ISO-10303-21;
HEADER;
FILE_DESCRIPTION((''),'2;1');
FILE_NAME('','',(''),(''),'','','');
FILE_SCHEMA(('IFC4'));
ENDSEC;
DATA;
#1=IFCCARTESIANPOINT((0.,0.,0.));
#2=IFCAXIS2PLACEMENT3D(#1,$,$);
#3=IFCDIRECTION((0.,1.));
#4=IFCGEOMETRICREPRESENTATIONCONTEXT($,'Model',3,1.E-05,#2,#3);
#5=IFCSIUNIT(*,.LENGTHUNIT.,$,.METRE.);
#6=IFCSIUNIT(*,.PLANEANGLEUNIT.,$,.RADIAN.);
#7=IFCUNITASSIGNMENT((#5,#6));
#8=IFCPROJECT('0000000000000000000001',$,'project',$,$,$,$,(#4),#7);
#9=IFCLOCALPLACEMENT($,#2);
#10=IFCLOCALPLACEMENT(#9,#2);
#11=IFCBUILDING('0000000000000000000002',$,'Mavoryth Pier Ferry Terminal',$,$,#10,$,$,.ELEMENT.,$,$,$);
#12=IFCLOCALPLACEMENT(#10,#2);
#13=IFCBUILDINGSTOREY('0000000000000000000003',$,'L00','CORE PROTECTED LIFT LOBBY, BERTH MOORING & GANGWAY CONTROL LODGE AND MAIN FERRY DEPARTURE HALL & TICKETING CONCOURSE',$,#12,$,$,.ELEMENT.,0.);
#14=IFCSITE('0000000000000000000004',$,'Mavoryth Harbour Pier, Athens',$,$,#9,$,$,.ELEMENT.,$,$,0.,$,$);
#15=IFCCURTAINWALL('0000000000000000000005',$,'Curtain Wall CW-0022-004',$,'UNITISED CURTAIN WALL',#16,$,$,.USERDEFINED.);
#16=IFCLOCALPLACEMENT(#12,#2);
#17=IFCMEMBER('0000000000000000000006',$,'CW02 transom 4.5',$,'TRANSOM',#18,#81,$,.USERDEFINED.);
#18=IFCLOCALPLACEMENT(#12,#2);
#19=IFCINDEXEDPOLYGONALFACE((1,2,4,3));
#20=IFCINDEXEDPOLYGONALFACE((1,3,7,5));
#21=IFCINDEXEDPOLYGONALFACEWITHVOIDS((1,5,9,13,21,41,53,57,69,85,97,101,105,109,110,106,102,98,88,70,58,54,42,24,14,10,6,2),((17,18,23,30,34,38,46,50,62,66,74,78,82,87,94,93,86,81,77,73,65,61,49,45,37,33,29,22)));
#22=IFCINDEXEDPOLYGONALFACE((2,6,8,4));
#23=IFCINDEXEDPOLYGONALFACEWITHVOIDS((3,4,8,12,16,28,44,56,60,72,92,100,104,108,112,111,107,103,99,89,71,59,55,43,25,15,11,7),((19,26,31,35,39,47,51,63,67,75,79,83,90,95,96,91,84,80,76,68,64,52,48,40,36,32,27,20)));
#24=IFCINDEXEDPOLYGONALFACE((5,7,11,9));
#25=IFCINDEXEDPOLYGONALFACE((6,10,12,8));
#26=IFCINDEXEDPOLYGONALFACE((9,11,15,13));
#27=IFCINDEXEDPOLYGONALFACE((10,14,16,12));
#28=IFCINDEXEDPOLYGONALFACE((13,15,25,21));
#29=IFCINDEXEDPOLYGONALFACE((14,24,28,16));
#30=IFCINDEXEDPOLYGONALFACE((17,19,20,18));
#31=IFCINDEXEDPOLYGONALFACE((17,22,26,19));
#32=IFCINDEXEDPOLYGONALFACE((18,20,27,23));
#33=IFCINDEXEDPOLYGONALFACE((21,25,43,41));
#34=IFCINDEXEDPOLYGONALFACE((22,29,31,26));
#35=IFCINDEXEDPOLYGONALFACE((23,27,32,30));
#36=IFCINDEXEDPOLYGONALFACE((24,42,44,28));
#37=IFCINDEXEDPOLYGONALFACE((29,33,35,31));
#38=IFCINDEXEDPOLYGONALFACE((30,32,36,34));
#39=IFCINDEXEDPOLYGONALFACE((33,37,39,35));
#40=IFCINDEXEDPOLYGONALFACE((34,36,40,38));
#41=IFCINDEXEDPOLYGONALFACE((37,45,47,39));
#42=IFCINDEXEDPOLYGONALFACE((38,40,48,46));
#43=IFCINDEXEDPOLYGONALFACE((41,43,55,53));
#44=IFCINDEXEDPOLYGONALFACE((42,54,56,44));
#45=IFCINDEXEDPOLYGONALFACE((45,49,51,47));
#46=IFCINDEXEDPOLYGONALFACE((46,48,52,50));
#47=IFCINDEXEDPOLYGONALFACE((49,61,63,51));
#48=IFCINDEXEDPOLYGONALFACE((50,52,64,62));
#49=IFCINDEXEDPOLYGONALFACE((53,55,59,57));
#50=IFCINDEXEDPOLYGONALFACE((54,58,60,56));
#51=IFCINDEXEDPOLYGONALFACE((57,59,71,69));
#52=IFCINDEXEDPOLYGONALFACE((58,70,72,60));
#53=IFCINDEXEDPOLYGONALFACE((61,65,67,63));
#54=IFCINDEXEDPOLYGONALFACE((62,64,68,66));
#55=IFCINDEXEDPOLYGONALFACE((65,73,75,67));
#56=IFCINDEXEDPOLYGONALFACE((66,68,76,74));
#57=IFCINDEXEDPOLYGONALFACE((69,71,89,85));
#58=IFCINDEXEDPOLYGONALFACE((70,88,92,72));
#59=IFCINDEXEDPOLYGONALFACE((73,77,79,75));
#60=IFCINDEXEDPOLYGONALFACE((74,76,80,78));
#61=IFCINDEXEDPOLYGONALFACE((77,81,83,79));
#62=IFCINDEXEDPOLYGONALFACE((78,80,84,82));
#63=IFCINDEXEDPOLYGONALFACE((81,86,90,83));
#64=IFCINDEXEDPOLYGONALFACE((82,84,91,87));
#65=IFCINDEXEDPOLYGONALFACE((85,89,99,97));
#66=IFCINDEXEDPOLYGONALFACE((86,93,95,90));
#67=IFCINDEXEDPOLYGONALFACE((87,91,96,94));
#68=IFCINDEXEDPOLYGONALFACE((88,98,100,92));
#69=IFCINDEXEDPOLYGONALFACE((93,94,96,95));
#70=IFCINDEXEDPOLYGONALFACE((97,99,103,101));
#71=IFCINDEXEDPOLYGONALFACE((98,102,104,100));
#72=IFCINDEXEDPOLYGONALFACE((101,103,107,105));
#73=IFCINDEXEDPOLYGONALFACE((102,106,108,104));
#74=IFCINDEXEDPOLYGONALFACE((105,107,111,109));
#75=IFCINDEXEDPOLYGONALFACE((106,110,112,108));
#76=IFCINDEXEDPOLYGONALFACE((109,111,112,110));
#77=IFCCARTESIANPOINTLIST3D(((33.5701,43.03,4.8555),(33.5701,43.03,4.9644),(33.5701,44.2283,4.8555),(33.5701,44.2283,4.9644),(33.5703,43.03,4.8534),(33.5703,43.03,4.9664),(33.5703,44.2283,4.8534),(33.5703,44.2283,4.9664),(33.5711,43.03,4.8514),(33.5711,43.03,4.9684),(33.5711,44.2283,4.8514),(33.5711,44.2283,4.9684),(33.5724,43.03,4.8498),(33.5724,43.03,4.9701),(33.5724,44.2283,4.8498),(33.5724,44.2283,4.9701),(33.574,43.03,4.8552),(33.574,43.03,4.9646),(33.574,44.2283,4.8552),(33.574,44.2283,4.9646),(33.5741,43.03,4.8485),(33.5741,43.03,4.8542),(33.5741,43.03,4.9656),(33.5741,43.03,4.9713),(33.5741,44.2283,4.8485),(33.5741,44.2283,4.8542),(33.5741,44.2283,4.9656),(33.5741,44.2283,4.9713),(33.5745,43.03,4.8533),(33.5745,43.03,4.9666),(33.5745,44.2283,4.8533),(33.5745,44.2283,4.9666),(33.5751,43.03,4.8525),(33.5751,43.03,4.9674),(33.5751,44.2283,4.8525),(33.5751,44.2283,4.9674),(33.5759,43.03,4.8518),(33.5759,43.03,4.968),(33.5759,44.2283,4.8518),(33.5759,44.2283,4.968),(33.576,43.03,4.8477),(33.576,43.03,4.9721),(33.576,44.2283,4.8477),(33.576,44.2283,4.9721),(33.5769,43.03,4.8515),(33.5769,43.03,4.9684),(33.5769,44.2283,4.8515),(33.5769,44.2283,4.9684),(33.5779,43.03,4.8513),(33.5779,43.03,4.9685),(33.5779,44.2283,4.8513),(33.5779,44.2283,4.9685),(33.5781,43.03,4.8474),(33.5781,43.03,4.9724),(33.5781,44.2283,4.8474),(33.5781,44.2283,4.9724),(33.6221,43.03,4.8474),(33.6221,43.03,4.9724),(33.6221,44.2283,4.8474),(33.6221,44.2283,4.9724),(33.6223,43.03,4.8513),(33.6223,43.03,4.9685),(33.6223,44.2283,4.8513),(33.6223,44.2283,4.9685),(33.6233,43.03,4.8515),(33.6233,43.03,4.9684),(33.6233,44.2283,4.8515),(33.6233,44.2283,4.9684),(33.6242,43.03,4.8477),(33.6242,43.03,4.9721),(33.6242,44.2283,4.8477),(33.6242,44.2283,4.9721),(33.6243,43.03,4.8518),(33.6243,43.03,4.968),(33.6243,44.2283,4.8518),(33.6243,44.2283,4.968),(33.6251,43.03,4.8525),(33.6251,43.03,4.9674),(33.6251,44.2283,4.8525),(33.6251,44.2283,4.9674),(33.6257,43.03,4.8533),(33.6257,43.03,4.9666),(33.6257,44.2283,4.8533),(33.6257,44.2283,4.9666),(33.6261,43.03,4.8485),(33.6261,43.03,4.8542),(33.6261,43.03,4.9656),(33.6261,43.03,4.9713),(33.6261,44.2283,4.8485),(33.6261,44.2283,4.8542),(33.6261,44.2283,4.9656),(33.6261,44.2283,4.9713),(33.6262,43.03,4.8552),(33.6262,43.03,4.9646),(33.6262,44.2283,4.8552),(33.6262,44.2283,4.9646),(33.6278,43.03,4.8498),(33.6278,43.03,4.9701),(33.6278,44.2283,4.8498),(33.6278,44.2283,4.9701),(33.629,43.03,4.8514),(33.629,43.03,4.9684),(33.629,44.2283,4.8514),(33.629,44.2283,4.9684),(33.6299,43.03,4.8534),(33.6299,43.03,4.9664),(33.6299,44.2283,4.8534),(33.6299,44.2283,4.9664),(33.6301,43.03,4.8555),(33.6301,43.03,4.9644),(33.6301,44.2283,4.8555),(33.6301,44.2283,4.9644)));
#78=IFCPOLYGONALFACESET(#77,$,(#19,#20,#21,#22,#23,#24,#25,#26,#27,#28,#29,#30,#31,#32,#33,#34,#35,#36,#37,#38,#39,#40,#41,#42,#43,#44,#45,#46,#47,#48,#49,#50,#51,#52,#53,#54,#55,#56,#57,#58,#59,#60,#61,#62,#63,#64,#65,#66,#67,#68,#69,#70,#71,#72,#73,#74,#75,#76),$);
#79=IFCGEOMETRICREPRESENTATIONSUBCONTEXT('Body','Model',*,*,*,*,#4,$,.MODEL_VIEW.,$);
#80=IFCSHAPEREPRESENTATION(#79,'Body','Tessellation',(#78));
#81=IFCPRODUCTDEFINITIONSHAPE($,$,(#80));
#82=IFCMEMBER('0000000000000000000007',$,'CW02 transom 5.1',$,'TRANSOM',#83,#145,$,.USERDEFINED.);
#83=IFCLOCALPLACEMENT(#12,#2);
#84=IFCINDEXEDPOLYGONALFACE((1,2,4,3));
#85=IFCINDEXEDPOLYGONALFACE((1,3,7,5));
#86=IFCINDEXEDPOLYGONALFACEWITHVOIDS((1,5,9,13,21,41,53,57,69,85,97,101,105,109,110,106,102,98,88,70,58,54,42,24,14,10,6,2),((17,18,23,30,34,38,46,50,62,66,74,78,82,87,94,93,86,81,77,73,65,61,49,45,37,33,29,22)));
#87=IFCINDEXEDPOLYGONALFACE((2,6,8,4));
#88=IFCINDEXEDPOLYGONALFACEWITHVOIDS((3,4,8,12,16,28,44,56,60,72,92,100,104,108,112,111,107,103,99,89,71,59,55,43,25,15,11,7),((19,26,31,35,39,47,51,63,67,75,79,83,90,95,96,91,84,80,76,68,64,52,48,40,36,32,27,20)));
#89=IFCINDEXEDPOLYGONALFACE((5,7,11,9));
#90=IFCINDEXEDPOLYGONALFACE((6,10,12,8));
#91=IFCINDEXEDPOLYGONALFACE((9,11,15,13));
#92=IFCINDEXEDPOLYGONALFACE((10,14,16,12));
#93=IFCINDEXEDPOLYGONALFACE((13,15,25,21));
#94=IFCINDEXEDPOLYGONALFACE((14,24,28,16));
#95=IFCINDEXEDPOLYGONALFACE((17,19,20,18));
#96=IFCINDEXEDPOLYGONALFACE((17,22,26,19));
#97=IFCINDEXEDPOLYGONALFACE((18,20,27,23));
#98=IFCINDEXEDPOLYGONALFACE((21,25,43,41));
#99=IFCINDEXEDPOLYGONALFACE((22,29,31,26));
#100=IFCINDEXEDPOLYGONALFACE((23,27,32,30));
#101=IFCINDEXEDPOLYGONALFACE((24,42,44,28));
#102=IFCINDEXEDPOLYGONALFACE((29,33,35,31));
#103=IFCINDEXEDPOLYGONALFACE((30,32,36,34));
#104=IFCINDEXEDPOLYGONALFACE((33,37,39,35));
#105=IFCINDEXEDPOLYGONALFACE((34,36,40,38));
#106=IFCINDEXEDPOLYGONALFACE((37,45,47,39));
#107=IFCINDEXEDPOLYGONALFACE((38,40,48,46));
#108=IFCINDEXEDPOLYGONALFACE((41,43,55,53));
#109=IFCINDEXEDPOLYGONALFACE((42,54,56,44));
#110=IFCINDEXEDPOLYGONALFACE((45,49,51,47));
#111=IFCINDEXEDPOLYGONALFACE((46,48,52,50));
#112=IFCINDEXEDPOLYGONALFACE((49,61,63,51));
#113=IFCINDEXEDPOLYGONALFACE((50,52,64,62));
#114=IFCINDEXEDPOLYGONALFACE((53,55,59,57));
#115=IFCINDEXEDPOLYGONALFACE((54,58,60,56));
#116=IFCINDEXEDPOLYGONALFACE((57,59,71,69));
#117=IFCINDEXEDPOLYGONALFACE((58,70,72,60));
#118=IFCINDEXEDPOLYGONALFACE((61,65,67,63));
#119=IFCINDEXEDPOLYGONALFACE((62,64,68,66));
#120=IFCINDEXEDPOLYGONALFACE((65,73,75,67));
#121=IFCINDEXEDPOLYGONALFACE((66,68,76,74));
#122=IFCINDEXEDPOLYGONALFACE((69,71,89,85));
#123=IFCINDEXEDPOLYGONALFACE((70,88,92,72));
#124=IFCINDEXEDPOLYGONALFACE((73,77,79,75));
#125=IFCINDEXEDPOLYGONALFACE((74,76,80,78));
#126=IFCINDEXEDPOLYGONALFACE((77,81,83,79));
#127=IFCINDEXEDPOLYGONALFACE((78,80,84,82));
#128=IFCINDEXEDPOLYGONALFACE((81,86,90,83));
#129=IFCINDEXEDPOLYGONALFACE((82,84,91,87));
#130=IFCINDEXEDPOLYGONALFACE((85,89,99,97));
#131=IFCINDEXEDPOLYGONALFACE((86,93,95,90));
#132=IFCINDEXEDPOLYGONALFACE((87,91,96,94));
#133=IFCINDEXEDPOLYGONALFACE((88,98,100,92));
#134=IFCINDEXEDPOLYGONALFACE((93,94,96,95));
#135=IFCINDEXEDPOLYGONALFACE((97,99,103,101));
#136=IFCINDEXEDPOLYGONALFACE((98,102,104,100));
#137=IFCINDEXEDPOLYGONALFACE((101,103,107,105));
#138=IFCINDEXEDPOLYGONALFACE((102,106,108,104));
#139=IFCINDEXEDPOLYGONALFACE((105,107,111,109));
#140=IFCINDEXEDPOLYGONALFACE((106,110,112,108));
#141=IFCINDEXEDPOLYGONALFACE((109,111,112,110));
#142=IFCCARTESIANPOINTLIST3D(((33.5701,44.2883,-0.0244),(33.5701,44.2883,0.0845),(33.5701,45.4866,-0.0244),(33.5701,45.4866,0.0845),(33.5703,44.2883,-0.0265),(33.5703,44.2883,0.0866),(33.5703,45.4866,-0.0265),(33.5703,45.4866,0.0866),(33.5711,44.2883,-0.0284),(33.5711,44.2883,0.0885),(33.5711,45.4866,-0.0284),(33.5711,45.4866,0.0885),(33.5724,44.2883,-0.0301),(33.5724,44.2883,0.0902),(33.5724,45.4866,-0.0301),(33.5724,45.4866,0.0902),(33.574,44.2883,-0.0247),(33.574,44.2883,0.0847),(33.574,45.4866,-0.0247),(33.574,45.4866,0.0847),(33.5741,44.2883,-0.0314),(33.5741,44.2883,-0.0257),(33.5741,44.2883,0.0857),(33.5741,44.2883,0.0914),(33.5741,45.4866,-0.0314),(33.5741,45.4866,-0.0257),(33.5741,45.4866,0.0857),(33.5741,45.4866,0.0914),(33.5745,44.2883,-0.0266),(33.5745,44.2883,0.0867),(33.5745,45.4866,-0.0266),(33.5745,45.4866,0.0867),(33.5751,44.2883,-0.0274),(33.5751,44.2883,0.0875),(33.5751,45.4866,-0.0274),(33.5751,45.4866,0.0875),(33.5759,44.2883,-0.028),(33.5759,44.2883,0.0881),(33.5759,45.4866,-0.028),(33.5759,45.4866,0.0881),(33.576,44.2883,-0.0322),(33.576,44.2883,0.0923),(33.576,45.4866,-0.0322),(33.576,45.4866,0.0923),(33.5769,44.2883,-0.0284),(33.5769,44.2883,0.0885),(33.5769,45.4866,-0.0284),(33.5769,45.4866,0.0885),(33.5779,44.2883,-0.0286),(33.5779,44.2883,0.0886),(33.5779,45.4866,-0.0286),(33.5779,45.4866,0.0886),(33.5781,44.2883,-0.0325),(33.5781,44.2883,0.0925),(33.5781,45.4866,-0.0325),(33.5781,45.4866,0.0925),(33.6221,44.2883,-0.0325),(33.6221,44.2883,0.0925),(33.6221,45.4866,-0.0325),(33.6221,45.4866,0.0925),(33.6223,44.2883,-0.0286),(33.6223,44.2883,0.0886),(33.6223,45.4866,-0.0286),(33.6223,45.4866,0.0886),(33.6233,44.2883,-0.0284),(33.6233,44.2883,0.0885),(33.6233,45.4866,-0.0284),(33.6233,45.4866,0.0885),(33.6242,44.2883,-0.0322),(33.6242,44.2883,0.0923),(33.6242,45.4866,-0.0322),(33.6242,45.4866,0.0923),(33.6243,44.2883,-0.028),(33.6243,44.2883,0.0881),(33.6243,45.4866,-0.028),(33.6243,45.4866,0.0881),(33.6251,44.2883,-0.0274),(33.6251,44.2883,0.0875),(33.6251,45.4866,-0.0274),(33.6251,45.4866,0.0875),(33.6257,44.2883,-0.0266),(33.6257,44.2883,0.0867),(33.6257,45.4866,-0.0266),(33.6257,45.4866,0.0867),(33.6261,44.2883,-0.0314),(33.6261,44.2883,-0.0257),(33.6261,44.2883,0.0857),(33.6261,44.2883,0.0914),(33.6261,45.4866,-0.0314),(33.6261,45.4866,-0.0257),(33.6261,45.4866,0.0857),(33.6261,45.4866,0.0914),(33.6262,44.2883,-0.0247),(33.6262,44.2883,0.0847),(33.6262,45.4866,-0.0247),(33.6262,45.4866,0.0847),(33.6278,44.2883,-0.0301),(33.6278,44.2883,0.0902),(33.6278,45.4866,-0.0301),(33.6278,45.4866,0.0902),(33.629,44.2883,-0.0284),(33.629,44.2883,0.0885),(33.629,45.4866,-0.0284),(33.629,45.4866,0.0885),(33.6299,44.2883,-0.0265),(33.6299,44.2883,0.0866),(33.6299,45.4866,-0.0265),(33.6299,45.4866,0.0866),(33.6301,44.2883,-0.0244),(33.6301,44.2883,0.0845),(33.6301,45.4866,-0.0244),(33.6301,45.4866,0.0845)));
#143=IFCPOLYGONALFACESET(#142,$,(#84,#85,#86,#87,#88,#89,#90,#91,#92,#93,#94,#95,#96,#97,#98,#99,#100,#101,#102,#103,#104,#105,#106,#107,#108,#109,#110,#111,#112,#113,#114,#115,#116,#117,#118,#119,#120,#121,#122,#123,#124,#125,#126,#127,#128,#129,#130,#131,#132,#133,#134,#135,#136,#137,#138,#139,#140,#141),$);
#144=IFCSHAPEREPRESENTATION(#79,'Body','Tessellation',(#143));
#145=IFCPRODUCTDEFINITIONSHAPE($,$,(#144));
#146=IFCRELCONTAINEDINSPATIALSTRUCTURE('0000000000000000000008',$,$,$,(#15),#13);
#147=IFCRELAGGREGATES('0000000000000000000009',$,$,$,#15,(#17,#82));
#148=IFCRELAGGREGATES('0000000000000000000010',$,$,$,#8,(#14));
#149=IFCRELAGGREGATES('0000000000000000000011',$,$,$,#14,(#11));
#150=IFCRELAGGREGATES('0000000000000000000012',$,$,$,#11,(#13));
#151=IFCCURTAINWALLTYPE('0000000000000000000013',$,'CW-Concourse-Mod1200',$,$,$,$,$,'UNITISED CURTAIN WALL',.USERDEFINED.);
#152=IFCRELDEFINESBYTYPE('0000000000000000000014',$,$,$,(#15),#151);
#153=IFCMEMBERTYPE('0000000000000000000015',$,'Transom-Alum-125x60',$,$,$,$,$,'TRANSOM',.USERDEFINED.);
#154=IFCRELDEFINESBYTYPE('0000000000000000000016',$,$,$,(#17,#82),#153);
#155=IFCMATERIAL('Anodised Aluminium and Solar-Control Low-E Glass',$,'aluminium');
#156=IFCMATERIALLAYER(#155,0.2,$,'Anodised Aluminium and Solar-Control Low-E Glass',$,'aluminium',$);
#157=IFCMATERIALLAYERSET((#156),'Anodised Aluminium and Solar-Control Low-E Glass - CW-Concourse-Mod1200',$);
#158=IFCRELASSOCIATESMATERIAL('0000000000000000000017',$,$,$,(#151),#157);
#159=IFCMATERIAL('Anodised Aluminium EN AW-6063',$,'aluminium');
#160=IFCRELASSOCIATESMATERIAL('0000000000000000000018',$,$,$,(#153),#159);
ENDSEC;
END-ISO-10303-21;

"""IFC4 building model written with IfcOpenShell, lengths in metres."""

from ifc_helpers import new_model, si_unit, direction, frame, origin, origin_2d, place, context, subcontext, project, spatial, hollow_rectangle, extrude, material, layer, layer_set, material_profile, profile_set, type_object, element, aggregate, save


model = new_model("IFC4")

# Units and contexts
model_context = context("Model", 3, precision=1e-05, world=origin(), true_north=direction((0.0, 1.0)))
body_context = subcontext(model_context, "Body", "Model", "MODEL_VIEW")
ifc_project = project(units=[si_unit("LENGTHUNIT", "METRE"), si_unit("PLANEANGLEUNIT", "RADIAN")], contexts=[model_context])

# Site, building, storey
site_placement = place(None, origin())
site = spatial("IfcSite", under=ifc_project, at=site_placement, Name="Mavoryth Harbour Pier, Athens", CompositionType="ELEMENT", RefElevation=0.0)
building_placement = place(site_placement, origin())
building = spatial("IfcBuilding", under=site, at=building_placement, Name="Mavoryth Pier Ferry Terminal", CompositionType="ELEMENT")
storey_placement = place(building_placement, origin())
storey = spatial("IfcBuildingStorey", under=building, at=storey_placement, Name="L00", Description="CORE PROTECTED LIFT LOBBY, BERTH MOORING & GANGWAY CONTROL LODGE AND MAIN FERRY DEPARTURE HALL & TICKETING CONCOURSE", CompositionType="ELEMENT", Elevation=0.0)

# Curtain wall, members
ifc_material_1 = material(Name="Anodised Aluminium and Solar-Control Low-E Glass", Category="aluminium")
ifc_layer_1 = layer(ifc_material_1, 0.2, Name="Anodised Aluminium and Solar-Control Low-E Glass", Category="aluminium")
ifc_layer_set_1 = layer_set([ifc_layer_1], Name="Anodised Aluminium and Solar-Control Low-E Glass - CW-Concourse-Mod1200")
curtain_wall_type = type_object("IfcCurtainWallType", Name="CW-Concourse-Mod1200", ElementType="UNITISED CURTAIN WALL", PredefinedType="USERDEFINED", material=ifc_layer_set_1)
curtain_wall_placement = place(storey_placement, origin())
curtain_wall = element("IfcCurtainWall", 1, at=curtain_wall_placement, inside=storey, type_object=curtain_wall_type, Name="Curtain Wall CW-0022-004", ObjectType="UNITISED CURTAIN WALL", PredefinedType="USERDEFINED")
ifc_material_2 = material(Name="Anodised Aluminium EN AW-6063", Category="aluminium")
ifc_material_profile_1 = material_profile(ifc_material_2, hollow_rectangle(XDim=0.0601, YDim=0.125, WallThickness=0.0039, InnerFilletRadius=0.0039, OuterFilletRadius=0.0081, at=origin_2d()), Name="AL-TRAN 125x60x4", Category="aluminium")
ifc_profile_set_1 = profile_set([ifc_material_profile_1], Name="Anodised Aluminium EN AW-6063 - AL-TRAN 125x60x4")
member_type_1 = type_object("IfcMemberType", Name="Transom-Alum-125x60", ElementType="TRANSOM", PredefinedType="USERDEFINED", material=ifc_profile_set_1)
member_1_placement = place(storey_placement, frame((33.6001, 43.03, 4.9099), z_axis=(0.0, 1.0, 0.0), x_axis=(-1.0, 0.0, 0.0)))
member_1 = element("IfcMember", 2, at=member_1_placement, type_object=member_type_1, Name="CW02 transom 4.5", ObjectType="TRANSOM", PredefinedType="USERDEFINED", context=body_context, shape_type="SweptSolid", body=[
    extrude(hollow_rectangle(XDim=0.0601, YDim=0.125, WallThickness=0.0039, InnerFilletRadius=0.0039, OuterFilletRadius=0.0081, at=origin_2d()), origin(), (0.0, 0.0, 1.0), 1.1982),
])
member_2_placement = place(storey_placement, frame((33.6001, 44.2883, 0.03), z_axis=(0.0, 1.0, 0.0), x_axis=(-1.0, 0.0, 0.0)))
member_2 = element("IfcMember", 3, at=member_2_placement, type_object=member_type_1, Name="CW02 transom 5.1", ObjectType="TRANSOM", PredefinedType="USERDEFINED", context=body_context, shape_type="SweptSolid", body=[
    extrude(hollow_rectangle(XDim=0.0601, YDim=0.125, WallThickness=0.0039, InnerFilletRadius=0.0039, OuterFilletRadius=0.0081, at=origin_2d()), origin(), (0.0, 0.0, 1.0), 1.1982),
])
aggregate(curtain_wall, [member_1, member_2])

save(model, "model.ifc")
